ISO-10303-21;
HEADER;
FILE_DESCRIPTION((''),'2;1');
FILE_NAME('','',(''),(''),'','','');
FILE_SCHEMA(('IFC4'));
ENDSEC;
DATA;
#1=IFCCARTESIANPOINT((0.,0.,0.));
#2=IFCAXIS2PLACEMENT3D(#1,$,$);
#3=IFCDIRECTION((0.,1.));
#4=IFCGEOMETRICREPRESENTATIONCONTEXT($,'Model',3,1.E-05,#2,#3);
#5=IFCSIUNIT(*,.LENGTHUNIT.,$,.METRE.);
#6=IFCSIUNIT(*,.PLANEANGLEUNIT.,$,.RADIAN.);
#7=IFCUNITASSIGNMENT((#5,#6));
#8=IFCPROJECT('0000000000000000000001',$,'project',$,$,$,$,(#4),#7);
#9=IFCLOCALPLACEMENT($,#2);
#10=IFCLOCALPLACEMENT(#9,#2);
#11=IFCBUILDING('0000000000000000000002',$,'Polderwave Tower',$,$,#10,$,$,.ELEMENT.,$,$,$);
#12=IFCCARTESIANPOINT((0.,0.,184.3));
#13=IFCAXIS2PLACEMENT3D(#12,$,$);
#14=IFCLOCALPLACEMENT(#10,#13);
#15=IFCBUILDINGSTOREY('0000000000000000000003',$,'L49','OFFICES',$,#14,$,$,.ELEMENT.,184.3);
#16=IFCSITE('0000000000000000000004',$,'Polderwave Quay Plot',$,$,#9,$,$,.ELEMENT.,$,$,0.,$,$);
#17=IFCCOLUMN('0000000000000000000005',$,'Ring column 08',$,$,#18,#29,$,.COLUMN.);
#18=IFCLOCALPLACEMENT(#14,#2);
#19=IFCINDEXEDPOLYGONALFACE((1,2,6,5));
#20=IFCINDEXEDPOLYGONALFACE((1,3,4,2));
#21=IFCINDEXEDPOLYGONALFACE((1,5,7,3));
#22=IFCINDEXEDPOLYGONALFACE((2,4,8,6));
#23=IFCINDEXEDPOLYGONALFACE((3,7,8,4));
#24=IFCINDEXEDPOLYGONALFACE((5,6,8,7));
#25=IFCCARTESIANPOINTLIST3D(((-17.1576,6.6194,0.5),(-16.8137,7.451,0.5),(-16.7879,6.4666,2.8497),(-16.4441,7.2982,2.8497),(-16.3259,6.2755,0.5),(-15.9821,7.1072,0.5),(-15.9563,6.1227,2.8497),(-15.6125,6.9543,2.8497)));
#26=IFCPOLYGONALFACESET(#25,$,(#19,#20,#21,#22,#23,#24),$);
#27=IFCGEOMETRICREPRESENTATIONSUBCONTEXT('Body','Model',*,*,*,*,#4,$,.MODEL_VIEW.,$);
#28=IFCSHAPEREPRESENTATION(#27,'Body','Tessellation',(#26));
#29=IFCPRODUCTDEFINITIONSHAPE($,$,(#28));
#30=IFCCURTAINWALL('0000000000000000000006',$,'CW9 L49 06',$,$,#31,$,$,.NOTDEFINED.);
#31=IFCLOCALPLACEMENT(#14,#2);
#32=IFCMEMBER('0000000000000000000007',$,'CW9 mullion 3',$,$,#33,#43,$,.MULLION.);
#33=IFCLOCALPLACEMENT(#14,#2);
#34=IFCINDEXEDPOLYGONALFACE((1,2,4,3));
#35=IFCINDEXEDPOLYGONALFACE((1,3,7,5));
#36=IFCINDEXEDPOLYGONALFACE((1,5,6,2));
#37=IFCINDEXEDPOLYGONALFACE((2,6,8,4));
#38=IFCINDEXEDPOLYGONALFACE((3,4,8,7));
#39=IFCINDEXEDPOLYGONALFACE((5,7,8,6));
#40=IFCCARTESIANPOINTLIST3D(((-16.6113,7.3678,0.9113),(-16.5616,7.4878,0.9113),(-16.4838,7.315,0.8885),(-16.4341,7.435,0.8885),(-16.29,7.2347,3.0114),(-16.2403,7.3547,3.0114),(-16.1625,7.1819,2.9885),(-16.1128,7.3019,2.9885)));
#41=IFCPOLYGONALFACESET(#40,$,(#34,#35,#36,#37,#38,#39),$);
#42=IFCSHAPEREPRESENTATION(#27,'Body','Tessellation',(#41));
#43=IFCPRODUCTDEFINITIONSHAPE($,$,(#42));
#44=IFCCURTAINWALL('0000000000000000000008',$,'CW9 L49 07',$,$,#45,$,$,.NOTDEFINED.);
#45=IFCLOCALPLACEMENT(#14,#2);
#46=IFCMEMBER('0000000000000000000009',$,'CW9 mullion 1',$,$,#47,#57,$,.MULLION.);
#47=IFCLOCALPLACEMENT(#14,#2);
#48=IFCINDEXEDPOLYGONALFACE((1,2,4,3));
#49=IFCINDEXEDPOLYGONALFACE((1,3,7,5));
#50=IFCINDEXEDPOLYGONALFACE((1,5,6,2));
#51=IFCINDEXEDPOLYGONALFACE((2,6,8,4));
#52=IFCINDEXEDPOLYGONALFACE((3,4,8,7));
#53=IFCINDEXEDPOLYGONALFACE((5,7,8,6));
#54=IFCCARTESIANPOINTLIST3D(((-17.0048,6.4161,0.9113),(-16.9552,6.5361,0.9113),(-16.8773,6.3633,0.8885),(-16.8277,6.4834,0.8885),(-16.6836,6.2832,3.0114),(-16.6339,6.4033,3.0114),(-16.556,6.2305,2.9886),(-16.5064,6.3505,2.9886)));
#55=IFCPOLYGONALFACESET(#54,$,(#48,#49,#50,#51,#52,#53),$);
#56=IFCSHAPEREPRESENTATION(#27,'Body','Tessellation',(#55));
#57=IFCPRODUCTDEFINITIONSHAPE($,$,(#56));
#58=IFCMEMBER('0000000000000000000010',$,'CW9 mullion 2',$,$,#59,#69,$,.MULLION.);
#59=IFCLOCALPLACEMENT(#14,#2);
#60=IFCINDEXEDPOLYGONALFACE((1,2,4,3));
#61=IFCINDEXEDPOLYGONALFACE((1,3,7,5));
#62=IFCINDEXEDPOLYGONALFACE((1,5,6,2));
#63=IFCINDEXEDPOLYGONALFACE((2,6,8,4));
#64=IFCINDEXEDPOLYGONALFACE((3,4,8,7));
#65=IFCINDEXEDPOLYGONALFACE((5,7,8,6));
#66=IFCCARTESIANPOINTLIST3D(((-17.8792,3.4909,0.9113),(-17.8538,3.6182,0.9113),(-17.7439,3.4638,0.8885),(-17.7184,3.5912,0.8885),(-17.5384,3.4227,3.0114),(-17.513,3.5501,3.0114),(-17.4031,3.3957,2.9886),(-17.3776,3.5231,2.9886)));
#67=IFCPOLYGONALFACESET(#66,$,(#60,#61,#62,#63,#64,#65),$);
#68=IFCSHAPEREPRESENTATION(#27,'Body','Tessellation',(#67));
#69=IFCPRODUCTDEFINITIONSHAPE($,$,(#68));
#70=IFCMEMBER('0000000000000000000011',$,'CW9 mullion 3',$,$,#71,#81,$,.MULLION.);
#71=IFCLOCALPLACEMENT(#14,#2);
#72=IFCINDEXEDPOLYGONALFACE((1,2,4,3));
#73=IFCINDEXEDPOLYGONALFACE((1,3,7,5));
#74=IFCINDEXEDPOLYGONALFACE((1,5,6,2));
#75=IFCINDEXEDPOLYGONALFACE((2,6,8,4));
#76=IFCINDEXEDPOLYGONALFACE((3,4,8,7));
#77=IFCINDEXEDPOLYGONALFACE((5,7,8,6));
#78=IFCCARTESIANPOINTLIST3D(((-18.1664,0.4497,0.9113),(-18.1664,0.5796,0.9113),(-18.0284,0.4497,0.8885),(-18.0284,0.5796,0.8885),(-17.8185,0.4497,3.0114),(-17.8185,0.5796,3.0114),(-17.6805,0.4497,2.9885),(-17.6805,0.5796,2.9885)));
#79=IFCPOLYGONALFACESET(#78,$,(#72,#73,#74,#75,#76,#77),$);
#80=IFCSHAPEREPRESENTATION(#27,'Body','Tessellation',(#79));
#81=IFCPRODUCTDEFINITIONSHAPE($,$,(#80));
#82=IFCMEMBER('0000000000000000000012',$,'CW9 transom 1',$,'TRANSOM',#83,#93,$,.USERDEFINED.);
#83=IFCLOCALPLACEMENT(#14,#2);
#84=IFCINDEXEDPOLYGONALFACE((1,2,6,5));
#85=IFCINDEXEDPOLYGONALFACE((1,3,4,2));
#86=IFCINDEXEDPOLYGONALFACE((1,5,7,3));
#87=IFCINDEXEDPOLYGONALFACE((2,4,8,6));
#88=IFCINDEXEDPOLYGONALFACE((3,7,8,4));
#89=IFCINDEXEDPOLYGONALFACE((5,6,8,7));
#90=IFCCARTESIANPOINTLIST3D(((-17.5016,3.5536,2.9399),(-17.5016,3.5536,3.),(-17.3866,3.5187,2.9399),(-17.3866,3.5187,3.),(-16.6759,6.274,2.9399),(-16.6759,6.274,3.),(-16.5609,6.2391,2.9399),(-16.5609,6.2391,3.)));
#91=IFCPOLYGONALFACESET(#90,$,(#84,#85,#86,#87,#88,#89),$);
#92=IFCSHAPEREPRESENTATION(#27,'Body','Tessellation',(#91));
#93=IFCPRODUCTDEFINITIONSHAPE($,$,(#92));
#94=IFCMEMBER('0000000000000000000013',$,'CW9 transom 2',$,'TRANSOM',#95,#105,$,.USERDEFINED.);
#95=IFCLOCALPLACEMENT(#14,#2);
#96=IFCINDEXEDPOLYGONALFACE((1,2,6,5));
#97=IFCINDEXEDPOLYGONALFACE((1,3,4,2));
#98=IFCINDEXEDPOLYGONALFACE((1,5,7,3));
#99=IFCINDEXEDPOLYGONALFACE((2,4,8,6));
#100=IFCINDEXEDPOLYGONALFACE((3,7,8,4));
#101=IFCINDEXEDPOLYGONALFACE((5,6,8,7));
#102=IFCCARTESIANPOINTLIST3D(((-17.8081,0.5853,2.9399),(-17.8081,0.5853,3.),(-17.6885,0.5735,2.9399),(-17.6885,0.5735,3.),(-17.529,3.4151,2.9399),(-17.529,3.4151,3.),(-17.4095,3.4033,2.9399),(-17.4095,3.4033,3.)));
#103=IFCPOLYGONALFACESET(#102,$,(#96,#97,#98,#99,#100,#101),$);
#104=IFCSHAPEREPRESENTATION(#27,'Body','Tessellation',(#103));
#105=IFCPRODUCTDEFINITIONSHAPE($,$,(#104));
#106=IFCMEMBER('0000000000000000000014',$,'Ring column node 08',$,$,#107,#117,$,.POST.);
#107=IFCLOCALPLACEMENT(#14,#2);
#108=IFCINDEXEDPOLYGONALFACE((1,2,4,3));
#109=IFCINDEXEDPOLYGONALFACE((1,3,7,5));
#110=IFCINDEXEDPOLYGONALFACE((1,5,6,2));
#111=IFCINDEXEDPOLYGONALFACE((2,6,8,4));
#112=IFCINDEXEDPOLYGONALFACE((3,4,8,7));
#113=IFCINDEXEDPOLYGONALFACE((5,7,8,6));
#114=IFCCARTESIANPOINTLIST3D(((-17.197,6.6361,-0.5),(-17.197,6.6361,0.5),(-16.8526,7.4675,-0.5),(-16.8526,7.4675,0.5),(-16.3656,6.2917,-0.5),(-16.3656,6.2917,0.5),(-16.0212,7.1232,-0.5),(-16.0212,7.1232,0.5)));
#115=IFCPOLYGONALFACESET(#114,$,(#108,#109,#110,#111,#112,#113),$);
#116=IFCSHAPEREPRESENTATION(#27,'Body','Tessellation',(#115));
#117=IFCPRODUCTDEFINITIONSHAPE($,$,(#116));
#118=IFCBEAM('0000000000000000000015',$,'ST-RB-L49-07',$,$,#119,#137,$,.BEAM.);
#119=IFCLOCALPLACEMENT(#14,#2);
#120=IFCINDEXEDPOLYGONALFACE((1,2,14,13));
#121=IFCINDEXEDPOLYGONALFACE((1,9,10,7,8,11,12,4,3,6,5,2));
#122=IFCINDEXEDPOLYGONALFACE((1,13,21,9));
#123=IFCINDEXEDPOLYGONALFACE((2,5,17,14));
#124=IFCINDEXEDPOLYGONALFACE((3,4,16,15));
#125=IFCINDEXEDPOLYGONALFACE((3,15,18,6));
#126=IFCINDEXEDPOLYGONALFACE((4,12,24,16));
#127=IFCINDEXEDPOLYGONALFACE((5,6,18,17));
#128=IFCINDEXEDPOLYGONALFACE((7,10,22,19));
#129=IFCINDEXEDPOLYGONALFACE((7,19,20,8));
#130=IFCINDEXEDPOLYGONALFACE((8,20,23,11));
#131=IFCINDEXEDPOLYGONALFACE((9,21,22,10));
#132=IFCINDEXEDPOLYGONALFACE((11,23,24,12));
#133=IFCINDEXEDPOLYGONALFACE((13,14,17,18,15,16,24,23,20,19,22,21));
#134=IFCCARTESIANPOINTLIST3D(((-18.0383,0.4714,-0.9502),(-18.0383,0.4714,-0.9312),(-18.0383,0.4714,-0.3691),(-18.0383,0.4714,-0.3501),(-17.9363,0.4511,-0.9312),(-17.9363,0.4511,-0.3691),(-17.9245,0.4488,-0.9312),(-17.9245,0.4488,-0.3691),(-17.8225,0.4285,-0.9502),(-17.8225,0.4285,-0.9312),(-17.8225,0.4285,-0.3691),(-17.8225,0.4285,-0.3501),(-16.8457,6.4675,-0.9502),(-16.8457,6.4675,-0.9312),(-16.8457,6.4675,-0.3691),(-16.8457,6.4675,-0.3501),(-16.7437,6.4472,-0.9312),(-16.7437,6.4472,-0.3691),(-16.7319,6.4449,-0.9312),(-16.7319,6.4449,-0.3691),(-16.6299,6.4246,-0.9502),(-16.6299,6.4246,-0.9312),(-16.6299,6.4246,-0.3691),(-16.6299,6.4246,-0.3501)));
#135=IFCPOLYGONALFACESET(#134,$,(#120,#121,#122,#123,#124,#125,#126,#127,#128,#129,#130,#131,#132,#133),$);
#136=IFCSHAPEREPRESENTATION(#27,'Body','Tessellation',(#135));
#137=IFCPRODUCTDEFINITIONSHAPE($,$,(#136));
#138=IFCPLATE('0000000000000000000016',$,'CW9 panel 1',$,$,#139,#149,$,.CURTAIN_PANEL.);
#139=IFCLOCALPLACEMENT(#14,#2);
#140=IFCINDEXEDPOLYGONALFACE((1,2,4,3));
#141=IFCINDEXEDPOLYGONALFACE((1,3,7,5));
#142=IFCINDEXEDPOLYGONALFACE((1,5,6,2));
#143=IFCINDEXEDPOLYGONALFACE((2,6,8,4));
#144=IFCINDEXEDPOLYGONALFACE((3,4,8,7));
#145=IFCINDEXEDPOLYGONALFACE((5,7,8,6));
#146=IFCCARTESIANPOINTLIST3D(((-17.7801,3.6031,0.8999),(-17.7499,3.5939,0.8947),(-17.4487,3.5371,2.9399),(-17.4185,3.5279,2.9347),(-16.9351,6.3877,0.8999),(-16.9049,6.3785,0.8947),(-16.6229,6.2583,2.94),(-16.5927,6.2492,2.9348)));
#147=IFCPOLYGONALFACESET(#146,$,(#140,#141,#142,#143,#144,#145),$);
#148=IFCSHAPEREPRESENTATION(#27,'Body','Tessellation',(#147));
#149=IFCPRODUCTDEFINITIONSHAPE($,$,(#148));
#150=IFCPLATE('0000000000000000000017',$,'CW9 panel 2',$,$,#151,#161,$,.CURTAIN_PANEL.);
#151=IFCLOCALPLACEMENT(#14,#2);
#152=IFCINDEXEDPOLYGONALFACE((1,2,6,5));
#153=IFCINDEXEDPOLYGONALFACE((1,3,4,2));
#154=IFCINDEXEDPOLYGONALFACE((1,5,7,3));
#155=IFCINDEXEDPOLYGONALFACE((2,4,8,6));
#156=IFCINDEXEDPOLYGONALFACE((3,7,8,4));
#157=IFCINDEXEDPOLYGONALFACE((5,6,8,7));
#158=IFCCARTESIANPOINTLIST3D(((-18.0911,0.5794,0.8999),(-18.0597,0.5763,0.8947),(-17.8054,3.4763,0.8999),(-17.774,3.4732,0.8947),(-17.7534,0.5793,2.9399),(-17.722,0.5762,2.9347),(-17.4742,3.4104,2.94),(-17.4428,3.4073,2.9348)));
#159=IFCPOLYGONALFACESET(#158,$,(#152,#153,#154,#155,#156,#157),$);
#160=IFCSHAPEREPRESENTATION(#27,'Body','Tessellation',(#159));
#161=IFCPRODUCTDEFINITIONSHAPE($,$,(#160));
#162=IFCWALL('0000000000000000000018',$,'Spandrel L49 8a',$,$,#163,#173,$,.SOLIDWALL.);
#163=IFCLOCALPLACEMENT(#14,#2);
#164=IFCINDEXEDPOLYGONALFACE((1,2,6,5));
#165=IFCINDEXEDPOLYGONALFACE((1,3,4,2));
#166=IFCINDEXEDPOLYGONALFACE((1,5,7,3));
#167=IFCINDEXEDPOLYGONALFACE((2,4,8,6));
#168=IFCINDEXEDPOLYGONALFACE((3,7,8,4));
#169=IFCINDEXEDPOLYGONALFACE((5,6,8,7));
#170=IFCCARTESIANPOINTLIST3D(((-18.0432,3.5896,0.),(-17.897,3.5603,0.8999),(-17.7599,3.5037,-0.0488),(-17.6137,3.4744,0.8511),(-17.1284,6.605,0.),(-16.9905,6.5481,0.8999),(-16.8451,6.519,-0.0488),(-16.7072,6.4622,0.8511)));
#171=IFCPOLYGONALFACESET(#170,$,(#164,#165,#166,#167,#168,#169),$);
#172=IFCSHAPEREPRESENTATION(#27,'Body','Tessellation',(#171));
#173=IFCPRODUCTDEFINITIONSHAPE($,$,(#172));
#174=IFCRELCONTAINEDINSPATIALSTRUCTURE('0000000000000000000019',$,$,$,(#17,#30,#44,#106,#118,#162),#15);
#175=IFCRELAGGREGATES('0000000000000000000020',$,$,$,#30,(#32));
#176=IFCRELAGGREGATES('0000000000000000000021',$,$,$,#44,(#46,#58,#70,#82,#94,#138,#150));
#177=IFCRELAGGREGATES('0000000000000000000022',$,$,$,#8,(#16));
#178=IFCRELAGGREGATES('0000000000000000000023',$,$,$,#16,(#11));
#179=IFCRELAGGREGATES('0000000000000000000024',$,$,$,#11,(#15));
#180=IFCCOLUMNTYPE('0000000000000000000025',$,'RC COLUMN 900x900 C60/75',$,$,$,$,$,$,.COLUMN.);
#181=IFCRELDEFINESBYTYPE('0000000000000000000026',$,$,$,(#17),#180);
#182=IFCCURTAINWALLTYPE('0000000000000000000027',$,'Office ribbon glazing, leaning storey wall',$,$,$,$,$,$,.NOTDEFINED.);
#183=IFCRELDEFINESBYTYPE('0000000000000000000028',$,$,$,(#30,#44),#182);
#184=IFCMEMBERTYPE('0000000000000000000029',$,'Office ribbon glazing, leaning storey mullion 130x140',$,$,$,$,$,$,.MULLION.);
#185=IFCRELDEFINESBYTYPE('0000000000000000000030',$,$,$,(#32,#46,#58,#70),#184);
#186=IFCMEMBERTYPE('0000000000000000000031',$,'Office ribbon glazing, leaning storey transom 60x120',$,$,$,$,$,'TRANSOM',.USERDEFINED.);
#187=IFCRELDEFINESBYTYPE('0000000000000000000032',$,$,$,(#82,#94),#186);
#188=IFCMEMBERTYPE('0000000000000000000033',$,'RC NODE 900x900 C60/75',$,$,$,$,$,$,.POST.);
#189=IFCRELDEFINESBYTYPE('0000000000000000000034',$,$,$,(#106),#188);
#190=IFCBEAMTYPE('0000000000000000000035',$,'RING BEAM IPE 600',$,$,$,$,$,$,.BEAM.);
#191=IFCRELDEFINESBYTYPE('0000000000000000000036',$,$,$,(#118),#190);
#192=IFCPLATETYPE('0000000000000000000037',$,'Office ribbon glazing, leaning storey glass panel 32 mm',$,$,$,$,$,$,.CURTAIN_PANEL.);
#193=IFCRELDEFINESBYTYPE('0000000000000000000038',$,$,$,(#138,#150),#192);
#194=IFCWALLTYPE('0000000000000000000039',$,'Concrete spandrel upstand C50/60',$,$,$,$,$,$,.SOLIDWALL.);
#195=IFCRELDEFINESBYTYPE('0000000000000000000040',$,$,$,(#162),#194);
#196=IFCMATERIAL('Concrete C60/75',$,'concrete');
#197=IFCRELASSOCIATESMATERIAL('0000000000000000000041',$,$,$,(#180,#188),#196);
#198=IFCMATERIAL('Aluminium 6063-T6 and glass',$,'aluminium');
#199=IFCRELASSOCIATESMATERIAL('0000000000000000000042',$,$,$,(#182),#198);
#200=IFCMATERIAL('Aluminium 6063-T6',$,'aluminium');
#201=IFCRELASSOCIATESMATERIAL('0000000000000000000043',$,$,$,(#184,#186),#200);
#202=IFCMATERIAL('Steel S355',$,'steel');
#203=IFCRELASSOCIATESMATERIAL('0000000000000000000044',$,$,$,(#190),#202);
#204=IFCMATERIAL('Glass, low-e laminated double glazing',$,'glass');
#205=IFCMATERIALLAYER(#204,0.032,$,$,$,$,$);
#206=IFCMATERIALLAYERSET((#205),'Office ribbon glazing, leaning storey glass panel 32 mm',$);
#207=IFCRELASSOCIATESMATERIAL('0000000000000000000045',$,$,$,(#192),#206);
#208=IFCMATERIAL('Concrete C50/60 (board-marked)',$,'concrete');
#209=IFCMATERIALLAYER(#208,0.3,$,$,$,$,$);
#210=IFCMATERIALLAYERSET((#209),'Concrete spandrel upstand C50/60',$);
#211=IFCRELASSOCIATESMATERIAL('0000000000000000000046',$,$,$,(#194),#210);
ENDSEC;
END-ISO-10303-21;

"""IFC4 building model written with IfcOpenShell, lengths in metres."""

from ifc_helpers import new_model, si_unit, direction, frame, origin, origin_2d, place, context, subcontext, project, spatial, polyline, rectangle, i_section, outline, extrude, material, layer, layer_set, material_profile, profile_set, type_object, element, aggregate, save


model = new_model("IFC4")

# Units and contexts
model_context = context("Model", 3, precision=1e-05, world=origin(), true_north=direction((0.0, 1.0)))
body_context = subcontext(model_context, "Body", "Model", "MODEL_VIEW")
ifc_project = project(units=[si_unit("LENGTHUNIT", "METRE"), si_unit("PLANEANGLEUNIT", "RADIAN")], contexts=[model_context])

# Site, building, storey
site_placement = place(None, origin())
site = spatial("IfcSite", under=ifc_project, at=site_placement, Name="Polderwave Quay Plot", CompositionType="ELEMENT", RefElevation=0.0)
building_placement = place(site_placement, origin())
building = spatial("IfcBuilding", under=site, at=building_placement, Name="Polderwave Tower", CompositionType="ELEMENT")
storey_placement = place(building_placement, frame((0.0, 0.0, 184.3)))
storey = spatial("IfcBuildingStorey", under=building, at=storey_placement, Name="L49", Description="OFFICES", CompositionType="ELEMENT", Elevation=184.3)

# Column
ifc_material_1 = material(Name="Concrete C60/75", Category="concrete")
ifc_material_profile_1 = material_profile(ifc_material_1, rectangle(XDim=0.8999, YDim=0.8999, at=origin_2d()), Name="RC 900x900")
ifc_profile_set_1 = profile_set([ifc_material_profile_1], Name="Concrete C60/75")
column_type = type_object("IfcColumnType", Name="RC COLUMN 900x900 C60/75", PredefinedType="COLUMN", material=ifc_profile_set_1)
column_placement = place(storey_placement, frame((-16.5698, 6.8633, 0.5), z_axis=(0.0, 0.0, 1.0), x_axis=(0.3821, 0.924121, 0.0)))
element("IfcColumn", 1, at=column_placement, inside=storey, type_object=column_type, Name="Ring column 08", PredefinedType="COLUMN", context=body_context, shape_type="SweptSolid", body=[
    extrude(rectangle(XDim=0.8999, YDim=0.8999, at=origin_2d()), origin(), (0.0, -0.167801, 0.985821), 2.3835),
])

# Curtain wall, member
ifc_material_2 = material(Name="Aluminium 6063-T6 and glass", Category="aluminium")
curtain_wall_type = type_object("IfcCurtainWallType", Name="Office ribbon glazing, leaning storey wall", PredefinedType="NOTDEFINED", material=ifc_material_2)
curtain_wall_1_placement = place(storey_placement, origin())
curtain_wall_1 = element("IfcCurtainWall", 2, at=curtain_wall_1_placement, inside=storey, type_object=curtain_wall_type, Name="CW9 L49 06", PredefinedType="NOTDEFINED")
ifc_material_3 = material(Name="Aluminium 6063-T6", Category="aluminium")
ifc_material_profile_2 = material_profile(ifc_material_3, rectangle(XDim=0.1299, YDim=0.1399, at=origin_2d()), Name="AL 130x140")
ifc_profile_set_2 = profile_set([ifc_material_profile_2], Name="Aluminium 6063-T6")
member_type_1 = type_object("IfcMemberType", Name="Office ribbon glazing, leaning storey mullion 130x140", PredefinedType="MULLION", material=ifc_profile_set_2)
member_1_placement = place(storey_placement, frame((-16.5227, 7.4014, 0.8999), z_axis=(0.150932, -0.062506, 0.986566), x_axis=(0.38262, 0.923906, 0.0)))
member_1 = element("IfcMember", 3, at=member_1_placement, type_object=member_type_1, Name="CW9 mullion 3", PredefinedType="MULLION", context=body_context, shape_type="SweptSolid", body=[
    extrude(rectangle(XDim=0.1299, YDim=0.1399, at=origin_2d()), origin(), (0.0, 0.0, 1.0), 2.1287),
])
aggregate(curtain_wall_1, [member_1])

# Curtain wall, members
curtain_wall_2_placement = place(storey_placement, origin())
curtain_wall_2 = element("IfcCurtainWall", 4, at=curtain_wall_2_placement, inside=storey, type_object=curtain_wall_type, Name="CW9 L49 07", PredefinedType="NOTDEFINED")
member_2_placement = place(storey_placement, frame((-16.9163, 6.4497, 0.8999), z_axis=(0.150934, -0.062392, 0.986573), x_axis=(0.382021, 0.924154, 0.0)))
member_2 = element("IfcMember", 5, at=member_2_placement, type_object=member_type_1, Name="CW9 mullion 1", PredefinedType="MULLION", context=body_context, shape_type="SweptSolid", body=[
    extrude(rectangle(XDim=0.1299, YDim=0.1399, at=origin_2d()), origin(), (0.0, 0.0, 1.0), 2.1287),
])
member_3_placement = place(storey_placement, frame((-17.7988, 3.541, 0.8999), z_axis=(0.16011, -0.031999, 0.98658), x_axis=(0.195981, 0.980608, 0.0)))
member_3 = element("IfcMember", 6, at=member_3_placement, type_object=member_type_1, Name="CW9 mullion 2", PredefinedType="MULLION", context=body_context, shape_type="SweptSolid", body=[
    extrude(rectangle(XDim=0.1299, YDim=0.1399, at=origin_2d()), origin(), (0.0, 0.0, 1.0), 2.1287),
])
member_4_placement = place(storey_placement, frame((-18.0974, 0.5146, 0.8999), z_axis=(0.163432, 0.0, 0.986555), x_axis=(0.0, 1.0, 0.0)))
member_4 = element("IfcMember", 7, at=member_4_placement, type_object=member_type_1, Name="CW9 mullion 3", PredefinedType="MULLION", context=body_context, shape_type="SweptSolid", body=[
    extrude(rectangle(XDim=0.1299, YDim=0.1399, at=origin_2d()), origin(), (0.0, 0.0, 1.0), 2.1287),
])
ifc_material_profile_3 = material_profile(ifc_material_3, rectangle(XDim=0.1201, YDim=0.0601, at=origin_2d()), Name="AL 60x120")
ifc_profile_set_3 = profile_set([ifc_material_profile_3], Name="Aluminium 6063-T6")
member_type_2 = type_object("IfcMemberType", Name="Office ribbon glazing, leaning storey transom 60x120", ElementType="TRANSOM", PredefinedType="USERDEFINED", material=ifc_profile_set_3)
member_5_placement = place(storey_placement, frame((-16.6184, 6.2566, 2.97), z_axis=(-0.290427, -0.956897, 0.0), x_axis=(0.956897, -0.290427, 0.0)))
member_5 = element("IfcMember", 8, at=member_5_placement, type_object=member_type_2, Name="CW9 transom 1", ObjectType="TRANSOM", PredefinedType="USERDEFINED", context=body_context, shape_type="SweptSolid", body=[
    extrude(rectangle(XDim=0.1201, YDim=0.0601, at=origin_2d()), origin(), (0.0, 0.0, 1.0), 2.843),
])
member_6_placement = place(storey_placement, frame((-17.4692, 3.4092, 2.97), z_axis=(-0.098135, -0.995173, 0.0), x_axis=(0.995173, -0.098135, 0.0)))
member_6 = element("IfcMember", 9, at=member_6_placement, type_object=member_type_2, Name="CW9 transom 2", ObjectType="TRANSOM", PredefinedType="USERDEFINED", context=body_context, shape_type="SweptSolid", body=[
    extrude(rectangle(XDim=0.1201, YDim=0.0601, at=origin_2d()), origin(), (0.0, 0.0, 1.0), 2.8435),
])

# Member
ifc_material_profile_4 = material_profile(ifc_material_1, rectangle(XDim=0.8999, YDim=0.8999, at=origin_2d()), Name="RC 900x900")
ifc_profile_set_4 = profile_set([ifc_material_profile_4], Name="Concrete C60/75")
member_type_3 = type_object("IfcMemberType", Name="RC NODE 900x900 C60/75", PredefinedType="POST", material=ifc_profile_set_4)
member_7_placement = place(storey_placement, frame((-16.6091, 6.8796, -0.5), z_axis=(0.0, 0.0, 1.0), x_axis=(-0.92388, 0.382683, 0.0)))
element("IfcMember", 10, at=member_7_placement, inside=storey, type_object=member_type_3, Name="Ring column node 08", PredefinedType="POST", context=body_context, shape_type="SweptSolid", body=[
    extrude(rectangle(XDim=0.8999, YDim=0.8999, at=origin_2d()), origin(), (0.0, 0.0, 1.0), 1.0),
])

# Beam
ifc_material_4 = material(Name="Steel S355", Category="steel")
ifc_material_profile_5 = material_profile(ifc_material_4, i_section(OverallWidth=0.22, OverallDepth=0.6001, WebThickness=0.012, FlangeThickness=0.019, at=origin_2d()), Name="IPE 600")
ifc_profile_set_5 = profile_set([ifc_material_profile_5], Name="Steel S355")
beam_type = type_object("IfcBeamType", Name="RING BEAM IPE 600", PredefinedType="BEAM", material=ifc_profile_set_5)
beam_placement = place(storey_placement, frame((-16.7378, 6.446, -0.6501), z_axis=(-0.195079, -0.980787, 0.0), x_axis=(0.980787, -0.195079, 0.0)))
element("IfcBeam", 11, at=beam_placement, inside=storey, type_object=beam_type, Name="ST-RB-L49-07", PredefinedType="BEAM", context=body_context, shape_type="SweptSolid", body=[
    extrude(i_section(OverallWidth=0.22, OverallDepth=0.6001, WebThickness=0.012, FlangeThickness=0.019, at=origin_2d()), origin(), (0.0, 0.0, 1.0), 6.1135),
])

# Plates
ifc_material_5 = material(Name="Glass, low-e laminated double glazing", Category="glass")
ifc_layer_1 = layer(ifc_material_5, 0.032)
ifc_layer_set_1 = layer_set([ifc_layer_1], Name="Office ribbon glazing, leaning storey glass panel 32 mm")
plate_type = type_object("IfcPlateType", Name="Office ribbon glazing, leaning storey glass panel 32 mm", PredefinedType="CURTAIN_PANEL", material=ifc_layer_set_1)
plate_1_placement = place(storey_placement, frame((-16.9351, 6.3877, 0.8999), z_axis=(-0.944165, 0.286532, 0.16264), x_axis=(-0.290397, -0.956906, 0.000006)))
plate_1 = element("IfcPlate", 12, at=plate_1_placement, type_object=plate_type, Name="CW9 panel 1", PredefinedType="CURTAIN_PANEL", context=body_context, shape_type="SweptSolid", body=[
    extrude(outline(polyline([(0.0, 0.0), (2.91, 0.0), (2.8769, 2.0676), (0.0332, 2.0676), (0.0, 0.0)])), origin(), (0.0, 0.0, -1.0), 0.032),
])
plate_2_placement = place(storey_placement, frame((-17.8054, 3.4763, 0.8999), z_axis=(-0.981935, 0.096846, 0.162557), x_axis=(-0.098151, -0.995172, 0.000004)))
plate_2 = element("IfcPlate", 13, at=plate_2_placement, type_object=plate_type, Name="CW9 panel 2", PredefinedType="CURTAIN_PANEL", context=body_context, shape_type="SweptSolid", body=[
    extrude(outline(polyline([(0.0, 0.0), (2.911, 0.0), (2.8779, 2.0675), (0.0331, 2.0676), (0.0, 0.0)])), origin(), (0.0, 0.0, -1.0), 0.032),
])
aggregate(curtain_wall_2, [member_2, member_3, member_4, member_5, member_6, plate_1, plate_2])

# Wall
ifc_material_6 = material(Name="Concrete C50/60 (board-marked)", Category="concrete")
ifc_layer_2 = layer(ifc_material_6, 0.3)
ifc_layer_set_2 = layer_set([ifc_layer_2], Name="Concrete spandrel upstand C50/60")
wall_type_1 = type_object("IfcWallType", Name="Concrete spandrel upstand C50/60", PredefinedType="SOLIDWALL", material=ifc_layer_set_2)
wall_1_placement = place(storey_placement, frame((-17.1284, 6.605, 0.0), z_axis=(-0.944164, 0.286448, 0.162795), x_axis=(-0.29032, -0.95693, 0.000002)))
element("IfcWall", 14, at=wall_1_placement, inside=storey, type_object=wall_type_1, Name="Spandrel L49 8a", PredefinedType="SOLIDWALL", context=body_context, shape_type="SweptSolid", body=[
    extrude(outline(polyline([(0.0, 0.0), (3.1511, 0.0), (3.1367, 0.9121), (0.0144, 0.9121), (0.0, 0.0)])), origin(), (0.0, 0.0, -1.0), 0.3),
])

save(model, "model.ifc")
